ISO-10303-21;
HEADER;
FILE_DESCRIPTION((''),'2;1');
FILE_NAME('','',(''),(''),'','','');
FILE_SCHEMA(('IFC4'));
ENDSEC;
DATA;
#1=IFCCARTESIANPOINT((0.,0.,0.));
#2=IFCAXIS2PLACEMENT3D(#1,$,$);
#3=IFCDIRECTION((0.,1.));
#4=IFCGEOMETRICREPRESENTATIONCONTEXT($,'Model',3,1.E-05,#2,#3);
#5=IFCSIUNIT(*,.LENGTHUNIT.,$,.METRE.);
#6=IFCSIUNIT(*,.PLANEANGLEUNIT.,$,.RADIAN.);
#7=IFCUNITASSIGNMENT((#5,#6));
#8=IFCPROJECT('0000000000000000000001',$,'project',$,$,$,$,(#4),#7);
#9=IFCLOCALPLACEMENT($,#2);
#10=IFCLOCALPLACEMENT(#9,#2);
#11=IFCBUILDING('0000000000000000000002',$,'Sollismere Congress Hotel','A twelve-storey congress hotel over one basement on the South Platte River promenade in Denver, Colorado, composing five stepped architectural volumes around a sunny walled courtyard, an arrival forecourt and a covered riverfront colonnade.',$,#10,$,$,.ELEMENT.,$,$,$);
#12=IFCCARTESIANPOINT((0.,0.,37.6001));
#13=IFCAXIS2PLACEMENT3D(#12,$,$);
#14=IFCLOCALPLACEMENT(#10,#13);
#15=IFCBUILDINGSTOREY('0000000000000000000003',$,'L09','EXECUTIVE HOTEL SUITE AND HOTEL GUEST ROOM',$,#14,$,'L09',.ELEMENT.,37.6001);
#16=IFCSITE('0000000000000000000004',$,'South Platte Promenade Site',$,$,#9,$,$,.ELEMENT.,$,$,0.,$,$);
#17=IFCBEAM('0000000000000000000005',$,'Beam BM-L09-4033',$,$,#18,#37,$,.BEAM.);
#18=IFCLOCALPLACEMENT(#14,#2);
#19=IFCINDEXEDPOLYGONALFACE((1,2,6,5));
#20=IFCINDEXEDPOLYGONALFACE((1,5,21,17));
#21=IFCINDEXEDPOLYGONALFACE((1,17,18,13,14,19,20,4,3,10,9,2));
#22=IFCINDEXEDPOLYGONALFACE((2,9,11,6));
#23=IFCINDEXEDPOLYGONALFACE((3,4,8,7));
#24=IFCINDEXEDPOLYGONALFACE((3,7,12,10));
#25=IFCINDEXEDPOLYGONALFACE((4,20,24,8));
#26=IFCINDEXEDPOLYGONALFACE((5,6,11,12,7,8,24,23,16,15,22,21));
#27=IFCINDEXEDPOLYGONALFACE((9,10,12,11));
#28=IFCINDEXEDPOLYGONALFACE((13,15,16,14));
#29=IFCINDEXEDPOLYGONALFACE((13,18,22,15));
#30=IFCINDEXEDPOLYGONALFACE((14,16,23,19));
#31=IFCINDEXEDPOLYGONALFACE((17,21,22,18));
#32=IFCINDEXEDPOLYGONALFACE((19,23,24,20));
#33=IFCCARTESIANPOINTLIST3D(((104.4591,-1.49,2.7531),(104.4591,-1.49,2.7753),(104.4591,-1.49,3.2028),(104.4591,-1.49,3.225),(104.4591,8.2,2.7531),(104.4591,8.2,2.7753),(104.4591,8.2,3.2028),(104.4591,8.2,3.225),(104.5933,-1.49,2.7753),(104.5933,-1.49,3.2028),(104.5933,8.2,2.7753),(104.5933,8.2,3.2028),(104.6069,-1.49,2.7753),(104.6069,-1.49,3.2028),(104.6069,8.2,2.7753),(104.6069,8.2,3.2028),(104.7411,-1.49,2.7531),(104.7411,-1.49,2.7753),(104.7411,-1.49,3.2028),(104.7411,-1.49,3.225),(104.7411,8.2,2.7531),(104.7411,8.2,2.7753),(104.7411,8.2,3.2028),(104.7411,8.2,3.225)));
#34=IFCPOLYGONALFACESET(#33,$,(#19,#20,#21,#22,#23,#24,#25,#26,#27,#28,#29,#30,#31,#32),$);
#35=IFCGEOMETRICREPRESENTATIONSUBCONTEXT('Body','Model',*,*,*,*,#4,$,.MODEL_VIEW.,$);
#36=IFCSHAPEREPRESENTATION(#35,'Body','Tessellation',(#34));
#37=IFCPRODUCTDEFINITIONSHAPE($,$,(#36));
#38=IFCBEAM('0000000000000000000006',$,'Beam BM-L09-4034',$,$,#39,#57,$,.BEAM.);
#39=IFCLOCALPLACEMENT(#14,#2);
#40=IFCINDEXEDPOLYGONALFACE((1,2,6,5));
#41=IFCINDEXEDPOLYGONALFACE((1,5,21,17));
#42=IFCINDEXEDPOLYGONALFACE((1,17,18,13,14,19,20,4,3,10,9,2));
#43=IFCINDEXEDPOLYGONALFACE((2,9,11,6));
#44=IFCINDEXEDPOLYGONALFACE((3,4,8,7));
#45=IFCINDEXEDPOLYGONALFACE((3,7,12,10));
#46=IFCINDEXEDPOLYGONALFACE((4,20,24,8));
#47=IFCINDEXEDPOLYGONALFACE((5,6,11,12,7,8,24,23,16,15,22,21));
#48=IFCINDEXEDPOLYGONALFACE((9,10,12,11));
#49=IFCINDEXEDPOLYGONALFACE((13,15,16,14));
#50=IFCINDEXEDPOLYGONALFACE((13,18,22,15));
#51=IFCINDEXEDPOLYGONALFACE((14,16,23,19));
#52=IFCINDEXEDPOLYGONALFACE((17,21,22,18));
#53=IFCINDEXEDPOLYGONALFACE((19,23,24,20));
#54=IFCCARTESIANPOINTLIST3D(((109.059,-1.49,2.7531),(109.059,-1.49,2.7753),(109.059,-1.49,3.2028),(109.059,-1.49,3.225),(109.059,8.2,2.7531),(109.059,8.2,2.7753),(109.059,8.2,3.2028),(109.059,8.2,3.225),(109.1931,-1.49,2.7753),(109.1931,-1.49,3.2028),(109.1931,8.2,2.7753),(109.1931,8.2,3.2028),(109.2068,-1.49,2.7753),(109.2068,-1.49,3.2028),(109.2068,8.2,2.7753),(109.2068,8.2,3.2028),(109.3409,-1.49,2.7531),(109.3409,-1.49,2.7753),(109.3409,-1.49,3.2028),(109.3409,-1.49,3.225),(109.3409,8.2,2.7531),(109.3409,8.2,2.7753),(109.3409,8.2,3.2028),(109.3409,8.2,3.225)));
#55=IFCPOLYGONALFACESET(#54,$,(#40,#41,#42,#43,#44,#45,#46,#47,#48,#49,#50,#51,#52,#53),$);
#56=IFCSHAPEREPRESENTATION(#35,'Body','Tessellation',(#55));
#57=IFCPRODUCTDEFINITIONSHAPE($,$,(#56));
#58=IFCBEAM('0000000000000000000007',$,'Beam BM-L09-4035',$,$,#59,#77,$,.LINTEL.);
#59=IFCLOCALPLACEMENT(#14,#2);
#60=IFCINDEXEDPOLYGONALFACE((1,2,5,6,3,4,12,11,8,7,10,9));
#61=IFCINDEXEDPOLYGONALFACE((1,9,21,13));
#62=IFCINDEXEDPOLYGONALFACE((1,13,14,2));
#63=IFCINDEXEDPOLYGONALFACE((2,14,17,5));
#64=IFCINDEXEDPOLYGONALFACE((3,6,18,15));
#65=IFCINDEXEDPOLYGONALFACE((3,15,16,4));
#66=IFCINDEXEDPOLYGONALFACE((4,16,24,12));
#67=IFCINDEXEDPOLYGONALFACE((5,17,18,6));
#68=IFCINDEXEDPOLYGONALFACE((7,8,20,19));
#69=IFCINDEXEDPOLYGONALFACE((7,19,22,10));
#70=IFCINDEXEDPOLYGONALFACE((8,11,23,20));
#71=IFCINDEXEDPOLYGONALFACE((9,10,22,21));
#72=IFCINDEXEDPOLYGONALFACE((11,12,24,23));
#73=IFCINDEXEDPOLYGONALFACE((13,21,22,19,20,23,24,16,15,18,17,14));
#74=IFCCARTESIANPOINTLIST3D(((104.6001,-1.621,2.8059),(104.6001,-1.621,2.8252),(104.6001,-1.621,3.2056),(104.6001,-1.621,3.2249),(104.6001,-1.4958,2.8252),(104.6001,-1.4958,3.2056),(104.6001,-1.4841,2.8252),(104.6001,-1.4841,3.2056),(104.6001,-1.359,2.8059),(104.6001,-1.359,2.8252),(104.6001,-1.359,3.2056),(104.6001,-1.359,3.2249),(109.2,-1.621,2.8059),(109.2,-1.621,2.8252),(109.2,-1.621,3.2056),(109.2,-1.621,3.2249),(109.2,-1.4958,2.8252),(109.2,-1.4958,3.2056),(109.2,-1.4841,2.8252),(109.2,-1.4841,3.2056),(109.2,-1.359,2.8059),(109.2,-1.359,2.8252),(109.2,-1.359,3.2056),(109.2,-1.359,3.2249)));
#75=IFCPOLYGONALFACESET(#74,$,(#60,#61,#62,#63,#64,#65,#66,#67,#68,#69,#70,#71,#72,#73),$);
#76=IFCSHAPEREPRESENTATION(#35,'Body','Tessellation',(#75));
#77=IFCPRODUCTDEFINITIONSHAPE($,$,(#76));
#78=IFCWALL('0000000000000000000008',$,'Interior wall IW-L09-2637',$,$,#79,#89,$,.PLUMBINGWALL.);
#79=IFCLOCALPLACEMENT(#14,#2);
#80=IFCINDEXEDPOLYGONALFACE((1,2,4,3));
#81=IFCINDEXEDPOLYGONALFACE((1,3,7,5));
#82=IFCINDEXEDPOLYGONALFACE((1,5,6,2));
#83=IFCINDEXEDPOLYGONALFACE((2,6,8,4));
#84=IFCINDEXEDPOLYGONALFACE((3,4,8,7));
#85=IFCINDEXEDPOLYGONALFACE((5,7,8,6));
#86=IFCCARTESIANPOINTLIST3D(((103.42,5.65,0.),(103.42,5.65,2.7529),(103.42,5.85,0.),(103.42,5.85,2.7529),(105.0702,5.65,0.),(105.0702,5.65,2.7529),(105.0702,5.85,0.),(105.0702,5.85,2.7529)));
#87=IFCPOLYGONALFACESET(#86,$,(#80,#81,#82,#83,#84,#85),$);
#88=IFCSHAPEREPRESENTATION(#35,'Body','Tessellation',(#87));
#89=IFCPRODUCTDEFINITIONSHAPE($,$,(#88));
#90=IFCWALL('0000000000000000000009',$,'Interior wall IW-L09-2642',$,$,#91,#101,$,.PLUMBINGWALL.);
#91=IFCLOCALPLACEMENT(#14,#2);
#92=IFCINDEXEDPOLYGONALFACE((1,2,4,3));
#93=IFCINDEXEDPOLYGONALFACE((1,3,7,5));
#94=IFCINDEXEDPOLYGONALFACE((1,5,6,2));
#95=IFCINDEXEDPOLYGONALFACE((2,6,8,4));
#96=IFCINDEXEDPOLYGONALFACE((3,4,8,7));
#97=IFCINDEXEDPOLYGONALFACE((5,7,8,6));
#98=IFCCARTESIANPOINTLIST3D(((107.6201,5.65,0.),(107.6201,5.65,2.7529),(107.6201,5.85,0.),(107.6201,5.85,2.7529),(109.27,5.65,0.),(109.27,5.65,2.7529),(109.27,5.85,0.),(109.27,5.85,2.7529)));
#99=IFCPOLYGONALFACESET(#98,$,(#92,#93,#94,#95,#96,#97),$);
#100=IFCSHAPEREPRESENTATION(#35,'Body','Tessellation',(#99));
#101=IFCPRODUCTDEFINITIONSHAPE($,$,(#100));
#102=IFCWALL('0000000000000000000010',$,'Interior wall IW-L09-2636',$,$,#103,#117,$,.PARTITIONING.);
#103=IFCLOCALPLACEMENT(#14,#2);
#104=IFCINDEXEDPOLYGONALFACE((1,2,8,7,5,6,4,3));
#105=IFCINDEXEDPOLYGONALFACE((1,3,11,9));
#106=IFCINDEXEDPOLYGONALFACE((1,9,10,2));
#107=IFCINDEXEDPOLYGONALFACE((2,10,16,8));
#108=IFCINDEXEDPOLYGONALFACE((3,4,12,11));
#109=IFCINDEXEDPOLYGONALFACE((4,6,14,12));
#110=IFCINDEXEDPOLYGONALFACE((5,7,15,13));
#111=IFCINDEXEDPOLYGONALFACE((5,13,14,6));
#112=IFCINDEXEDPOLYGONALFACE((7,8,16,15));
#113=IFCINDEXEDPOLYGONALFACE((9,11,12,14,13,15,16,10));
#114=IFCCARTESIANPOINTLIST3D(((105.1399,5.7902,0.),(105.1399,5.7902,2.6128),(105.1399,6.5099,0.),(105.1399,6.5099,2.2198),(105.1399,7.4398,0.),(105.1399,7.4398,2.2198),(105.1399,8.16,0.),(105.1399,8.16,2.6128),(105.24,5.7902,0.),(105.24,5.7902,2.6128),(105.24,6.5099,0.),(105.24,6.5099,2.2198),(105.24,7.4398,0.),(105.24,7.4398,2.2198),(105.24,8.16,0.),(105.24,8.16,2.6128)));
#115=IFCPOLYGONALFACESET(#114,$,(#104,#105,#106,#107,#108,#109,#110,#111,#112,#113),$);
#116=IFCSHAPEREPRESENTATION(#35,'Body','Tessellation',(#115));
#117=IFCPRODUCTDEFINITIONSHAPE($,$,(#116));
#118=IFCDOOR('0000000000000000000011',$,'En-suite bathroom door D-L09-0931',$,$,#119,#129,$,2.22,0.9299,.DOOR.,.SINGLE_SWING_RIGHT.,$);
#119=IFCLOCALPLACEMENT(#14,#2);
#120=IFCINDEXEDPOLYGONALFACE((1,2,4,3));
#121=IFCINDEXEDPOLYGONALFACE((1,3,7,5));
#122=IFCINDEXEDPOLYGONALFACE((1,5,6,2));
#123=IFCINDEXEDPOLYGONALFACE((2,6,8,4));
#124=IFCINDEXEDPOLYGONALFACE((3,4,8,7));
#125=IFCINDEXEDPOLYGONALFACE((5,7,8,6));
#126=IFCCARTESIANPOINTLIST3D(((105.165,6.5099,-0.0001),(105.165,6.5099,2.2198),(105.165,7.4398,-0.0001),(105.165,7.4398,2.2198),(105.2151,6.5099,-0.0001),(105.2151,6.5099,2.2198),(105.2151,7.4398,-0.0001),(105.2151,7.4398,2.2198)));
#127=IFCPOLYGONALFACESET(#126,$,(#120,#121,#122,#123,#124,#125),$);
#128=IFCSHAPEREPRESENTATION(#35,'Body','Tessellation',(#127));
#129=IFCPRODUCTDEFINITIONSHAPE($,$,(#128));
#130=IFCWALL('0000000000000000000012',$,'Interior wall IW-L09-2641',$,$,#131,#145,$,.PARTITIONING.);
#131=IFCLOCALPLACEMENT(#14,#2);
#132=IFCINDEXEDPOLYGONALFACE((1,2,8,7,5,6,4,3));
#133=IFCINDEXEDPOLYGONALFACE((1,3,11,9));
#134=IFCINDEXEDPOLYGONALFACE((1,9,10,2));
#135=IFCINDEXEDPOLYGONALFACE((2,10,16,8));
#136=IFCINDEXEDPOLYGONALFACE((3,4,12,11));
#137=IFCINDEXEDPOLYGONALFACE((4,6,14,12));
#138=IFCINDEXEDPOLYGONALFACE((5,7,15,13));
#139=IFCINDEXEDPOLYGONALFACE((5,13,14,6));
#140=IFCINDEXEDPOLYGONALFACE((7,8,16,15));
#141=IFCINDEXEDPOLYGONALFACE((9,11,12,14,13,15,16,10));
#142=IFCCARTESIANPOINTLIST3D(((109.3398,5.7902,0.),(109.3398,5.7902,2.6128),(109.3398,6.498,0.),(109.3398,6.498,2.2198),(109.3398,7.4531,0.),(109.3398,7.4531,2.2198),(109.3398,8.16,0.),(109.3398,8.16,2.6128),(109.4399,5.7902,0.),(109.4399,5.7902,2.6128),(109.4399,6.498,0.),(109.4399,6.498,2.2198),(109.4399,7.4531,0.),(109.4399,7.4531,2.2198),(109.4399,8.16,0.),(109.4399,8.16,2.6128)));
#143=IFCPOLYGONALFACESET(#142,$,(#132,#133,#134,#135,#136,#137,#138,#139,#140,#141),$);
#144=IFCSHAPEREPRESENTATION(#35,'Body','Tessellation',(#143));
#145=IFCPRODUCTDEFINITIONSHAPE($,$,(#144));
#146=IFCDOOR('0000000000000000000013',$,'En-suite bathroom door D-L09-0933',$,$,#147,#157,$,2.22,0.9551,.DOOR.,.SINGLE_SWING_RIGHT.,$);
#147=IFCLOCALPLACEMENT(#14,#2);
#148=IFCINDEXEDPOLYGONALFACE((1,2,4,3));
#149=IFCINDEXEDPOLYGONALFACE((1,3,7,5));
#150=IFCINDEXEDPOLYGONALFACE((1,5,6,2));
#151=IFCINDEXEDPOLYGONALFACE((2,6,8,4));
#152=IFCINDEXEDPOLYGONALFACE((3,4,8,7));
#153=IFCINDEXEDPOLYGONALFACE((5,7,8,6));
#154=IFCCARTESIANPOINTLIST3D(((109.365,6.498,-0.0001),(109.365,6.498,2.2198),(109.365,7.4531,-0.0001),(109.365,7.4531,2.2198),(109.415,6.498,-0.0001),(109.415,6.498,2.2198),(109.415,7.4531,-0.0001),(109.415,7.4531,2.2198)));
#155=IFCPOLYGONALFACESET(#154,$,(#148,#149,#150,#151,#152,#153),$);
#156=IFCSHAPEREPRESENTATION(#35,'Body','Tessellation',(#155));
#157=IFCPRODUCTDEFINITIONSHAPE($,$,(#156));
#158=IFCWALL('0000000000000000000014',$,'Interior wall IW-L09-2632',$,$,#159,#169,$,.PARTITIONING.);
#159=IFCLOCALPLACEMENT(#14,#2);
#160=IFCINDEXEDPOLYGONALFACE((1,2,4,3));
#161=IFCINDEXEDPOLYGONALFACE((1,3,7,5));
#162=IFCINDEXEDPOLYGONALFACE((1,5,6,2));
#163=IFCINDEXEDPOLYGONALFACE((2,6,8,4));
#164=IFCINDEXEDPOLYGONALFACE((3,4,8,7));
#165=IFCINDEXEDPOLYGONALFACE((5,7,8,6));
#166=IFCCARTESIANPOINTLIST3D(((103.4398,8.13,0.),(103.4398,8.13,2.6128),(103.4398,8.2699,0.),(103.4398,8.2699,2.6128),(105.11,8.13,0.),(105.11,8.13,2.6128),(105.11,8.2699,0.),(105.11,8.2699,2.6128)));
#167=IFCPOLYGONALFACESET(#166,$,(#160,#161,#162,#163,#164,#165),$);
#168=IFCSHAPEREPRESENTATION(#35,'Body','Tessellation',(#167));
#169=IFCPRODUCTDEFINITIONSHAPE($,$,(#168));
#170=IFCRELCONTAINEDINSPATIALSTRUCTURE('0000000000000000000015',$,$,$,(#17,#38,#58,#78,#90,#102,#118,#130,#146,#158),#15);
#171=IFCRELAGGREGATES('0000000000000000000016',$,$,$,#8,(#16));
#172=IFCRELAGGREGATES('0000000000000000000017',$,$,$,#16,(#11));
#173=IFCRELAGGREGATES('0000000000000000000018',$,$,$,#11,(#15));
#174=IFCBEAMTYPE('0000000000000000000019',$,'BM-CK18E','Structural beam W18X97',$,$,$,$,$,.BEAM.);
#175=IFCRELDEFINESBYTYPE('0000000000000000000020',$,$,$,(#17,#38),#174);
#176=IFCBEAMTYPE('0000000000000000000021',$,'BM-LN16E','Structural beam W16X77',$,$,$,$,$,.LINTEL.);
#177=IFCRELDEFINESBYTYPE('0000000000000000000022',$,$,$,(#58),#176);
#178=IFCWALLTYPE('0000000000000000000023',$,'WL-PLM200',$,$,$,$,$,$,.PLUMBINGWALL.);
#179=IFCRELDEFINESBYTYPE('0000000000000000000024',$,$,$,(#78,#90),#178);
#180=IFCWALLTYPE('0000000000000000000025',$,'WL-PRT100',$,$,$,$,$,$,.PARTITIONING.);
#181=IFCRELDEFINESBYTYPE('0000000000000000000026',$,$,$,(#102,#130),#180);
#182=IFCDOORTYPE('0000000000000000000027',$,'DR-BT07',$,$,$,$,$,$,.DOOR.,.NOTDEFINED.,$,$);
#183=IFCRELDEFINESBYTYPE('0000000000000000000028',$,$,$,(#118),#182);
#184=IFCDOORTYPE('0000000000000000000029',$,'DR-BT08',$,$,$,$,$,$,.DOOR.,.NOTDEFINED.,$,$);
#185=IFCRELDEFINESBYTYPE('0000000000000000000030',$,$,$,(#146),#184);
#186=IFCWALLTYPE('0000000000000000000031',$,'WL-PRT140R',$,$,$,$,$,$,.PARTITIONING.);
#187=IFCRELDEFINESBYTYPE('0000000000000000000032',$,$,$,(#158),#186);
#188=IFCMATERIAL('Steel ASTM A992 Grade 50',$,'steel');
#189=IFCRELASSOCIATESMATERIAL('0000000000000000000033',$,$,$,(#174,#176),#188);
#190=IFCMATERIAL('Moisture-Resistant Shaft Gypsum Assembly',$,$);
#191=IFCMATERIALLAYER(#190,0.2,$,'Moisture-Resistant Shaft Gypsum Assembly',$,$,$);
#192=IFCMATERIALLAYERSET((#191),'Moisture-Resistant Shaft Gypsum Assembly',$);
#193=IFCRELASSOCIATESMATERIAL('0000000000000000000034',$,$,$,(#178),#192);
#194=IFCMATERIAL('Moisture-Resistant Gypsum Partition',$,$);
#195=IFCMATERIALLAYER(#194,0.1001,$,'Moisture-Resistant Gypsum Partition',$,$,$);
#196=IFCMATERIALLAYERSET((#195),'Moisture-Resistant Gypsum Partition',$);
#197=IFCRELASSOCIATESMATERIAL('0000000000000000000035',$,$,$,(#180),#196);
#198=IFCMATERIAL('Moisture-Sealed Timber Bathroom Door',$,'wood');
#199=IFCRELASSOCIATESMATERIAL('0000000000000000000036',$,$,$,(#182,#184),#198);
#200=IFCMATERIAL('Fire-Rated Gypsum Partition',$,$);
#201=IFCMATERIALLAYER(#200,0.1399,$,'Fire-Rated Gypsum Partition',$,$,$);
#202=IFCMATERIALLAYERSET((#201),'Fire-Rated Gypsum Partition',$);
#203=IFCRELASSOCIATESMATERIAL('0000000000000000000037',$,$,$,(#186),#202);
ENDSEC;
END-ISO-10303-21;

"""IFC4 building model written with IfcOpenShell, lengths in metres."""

from ifc_helpers import new_model, si_unit, direction, frame, frame_2d, origin, origin_2d, place, context, subcontext, project, spatial, rectangle, i_section, extrude, material, layer, layer_set, material_profile, profile_set, type_object, element, fill, save


model = new_model("IFC4")

# Units and contexts
model_context = context("Model", 3, precision=1e-05, world=origin(), true_north=direction((0.0, 1.0)))
body_context = subcontext(model_context, "Body", "Model", "MODEL_VIEW")
ifc_project = project(units=[si_unit("LENGTHUNIT", "METRE"), si_unit("PLANEANGLEUNIT", "RADIAN")], contexts=[model_context])

# Site, building, storey
site_placement = place(None, origin())
site = spatial("IfcSite", under=ifc_project, at=site_placement, Name="South Platte Promenade Site", CompositionType="ELEMENT", RefElevation=0.0)
building_placement = place(site_placement, origin())
building = spatial("IfcBuilding", under=site, at=building_placement, Name="Sollismere Congress Hotel", Description="A twelve-storey congress hotel over one basement on the South Platte River promenade in Denver, Colorado, composing five stepped architectural volumes around a sunny walled courtyard, an arrival forecourt and a covered riverfront colonnade.", CompositionType="ELEMENT")
storey_placement = place(building_placement, frame((0.0, 0.0, 37.6001)))
storey = spatial("IfcBuildingStorey", under=building, at=storey_placement, Name="L09", Description="EXECUTIVE HOTEL SUITE AND HOTEL GUEST ROOM", LongName="L09", CompositionType="ELEMENT", Elevation=37.6001)

# Beams
ifc_material_1 = material(Name="Steel ASTM A992 Grade 50", Category="steel")
ifc_material_profile_1 = material_profile(ifc_material_1, i_section(OverallWidth=0.282, OverallDepth=0.4719, WebThickness=0.0137, FlangeThickness=0.0222, at=origin_2d()), Name="W18X97")
ifc_profile_set_1 = profile_set([ifc_material_profile_1], Name="Steel ASTM A992 Grade 50")
beam_type_1 = type_object("IfcBeamType", Name="BM-CK18E", Description="Structural beam W18X97", PredefinedType="BEAM", material=ifc_profile_set_1)
for number, where, z_axis, x_axis, name in (
    (1, (104.6001, 8.2, 2.989), (0.0, -1.0, 0.0), (1.0, 0.0, 0.0), "Beam BM-L09-4033"),
    (2, (109.2, 8.2, 2.989), (0.0, -1.0, 0.0), (1.0, 0.0, 0.0), "Beam BM-L09-4034"),
):
    element("IfcBeam", number, at=place(storey_placement, frame(where, z_axis=z_axis, x_axis=x_axis)), inside=storey, type_object=beam_type_1, Name=name, PredefinedType="BEAM", context=body_context, shape_type="SweptSolid", body=[
        extrude(i_section(OverallWidth=0.282, OverallDepth=0.4719, WebThickness=0.0137, FlangeThickness=0.0222, at=origin_2d()), origin(), (0.0, 0.0, 1.0), 9.6899),
    ])
ifc_material_profile_2 = material_profile(ifc_material_1, i_section(OverallWidth=0.262, OverallDepth=0.4189, WebThickness=0.0117, FlangeThickness=0.0193, at=origin_2d()), Name="W16X77")
ifc_profile_set_2 = profile_set([ifc_material_profile_2], Name="Steel ASTM A992 Grade 50")
beam_type_2 = type_object("IfcBeamType", Name="BM-LN16E", Description="Structural beam W16X77", PredefinedType="LINTEL", material=ifc_profile_set_2)
beam_placement = place(storey_placement, frame((104.6001, -1.49, 3.0154), z_axis=(1.0, 0.0, 0.0), x_axis=(0.0, 1.0, 0.0)))
element("IfcBeam", 3, at=beam_placement, inside=storey, type_object=beam_type_2, Name="Beam BM-L09-4035", PredefinedType="LINTEL", context=body_context, shape_type="SweptSolid", body=[
    extrude(i_section(OverallWidth=0.262, OverallDepth=0.4189, WebThickness=0.0117, FlangeThickness=0.0193, at=origin_2d()), origin(), (0.0, 0.0, 1.0), 4.5999),
])

# Walls
ifc_material_2 = material(Name="Moisture-Resistant Shaft Gypsum Assembly")
ifc_layer_1 = layer(ifc_material_2, 0.2, Name="Moisture-Resistant Shaft Gypsum Assembly")
ifc_layer_set_1 = layer_set([ifc_layer_1], Name="Moisture-Resistant Shaft Gypsum Assembly")
wall_type_1 = type_object("IfcWallType", Name="WL-PLM200", PredefinedType="PLUMBINGWALL", material=ifc_layer_set_1)
wall_1_placement = place(storey_placement, frame((103.4199, 5.75, 0.0), z_axis=(0.0, 0.0, 1.0), x_axis=(1.0, 0.0, 0.0)))
element("IfcWall", 4, at=wall_1_placement, inside=storey, type_object=wall_type_1, Name="Interior wall IW-L09-2637", PredefinedType="PLUMBINGWALL", context=body_context, shape_type="SweptSolid", body=[
    extrude(rectangle(XDim=1.6501, YDim=0.2, at=frame_2d((0.8252, 0.0))), origin(), (0.0, 0.0, 1.0), 2.7529),
])
wall_2_placement = place(storey_placement, frame((107.6201, 5.75, 0.0), z_axis=(0.0, 0.0, 1.0), x_axis=(1.0, 0.0, 0.0)))
element("IfcWall", 5, at=wall_2_placement, inside=storey, type_object=wall_type_1, Name="Interior wall IW-L09-2642", PredefinedType="PLUMBINGWALL", context=body_context, shape_type="SweptSolid", body=[
    extrude(rectangle(XDim=1.6499, YDim=0.2, at=frame_2d((0.825, 0.0))), origin(), (0.0, 0.0, 1.0), 2.7529),
])

# Walls, openings, doors
ifc_material_3 = material(Name="Moisture-Resistant Gypsum Partition")
ifc_layer_2 = layer(ifc_material_3, 0.1001, Name="Moisture-Resistant Gypsum Partition")
ifc_layer_set_2 = layer_set([ifc_layer_2], Name="Moisture-Resistant Gypsum Partition")
wall_type_2 = type_object("IfcWallType", Name="WL-PRT100", PredefinedType="PARTITIONING", material=ifc_layer_set_2)
wall_3_placement = place(storey_placement, frame((105.1899, 5.79, 0.0), z_axis=(0.0, 0.0, 1.0), x_axis=(0.0, 1.0, 0.0)))
wall_3 = element("IfcWall", 6, at=wall_3_placement, inside=storey, type_object=wall_type_2, Name="Interior wall IW-L09-2636", PredefinedType="PARTITIONING", context=body_context, shape_type="SweptSolid", body=[
    extrude(rectangle(XDim=2.3699, YDim=0.1001, at=frame_2d((1.1851, 0.0))), origin(), (0.0, 0.0, 1.0), 2.6128),
])
opening_1_placement = place(wall_3_placement, frame((0.72, 0.0, 0.0)))
opening_1 = element("IfcOpeningElement", 7, at=opening_1_placement, cuts=wall_3, PredefinedType="OPENING", context=body_context, shape_type="SweptSolid", body=[
    extrude(rectangle(XDim=0.9299, YDim=2.22, at=frame_2d((0.4648, 1.1099))), frame((0.0, 0.0601, 0.0), z_axis=(0.0, -1.0, 0.0), x_axis=(1.0, 0.0, 0.0)), (0.0, 0.0, 1.0), 0.1201),
])
ifc_material_4 = material(Name="Moisture-Sealed Timber Bathroom Door", Category="wood")
door_type_1 = type_object("IfcDoorType", Name="DR-BT07", OperationType="NOTDEFINED", PredefinedType="DOOR", material=ifc_material_4)
door_1_placement = place(opening_1_placement, origin())
door_1 = element("IfcDoor", 8, at=door_1_placement, inside=storey, type_object=door_type_1, Name="En-suite bathroom door D-L09-0931", OperationType="SINGLE_SWING_RIGHT", OverallHeight=2.22, OverallWidth=0.9299, PredefinedType="DOOR", context=body_context, shape_type="SweptSolid", body=[
    extrude(rectangle(XDim=0.9299, YDim=2.22, at=frame_2d((0.4648, 1.1099))), frame((0.0, 0.0249, 0.0), z_axis=(0.0, -1.0, 0.0), x_axis=(1.0, 0.0, 0.0)), (0.0, 0.0, 1.0), 0.05),
])
fill(opening_1, door_1)
wall_4_placement = place(storey_placement, frame((109.3899, 5.79, 0.0), z_axis=(0.0, 0.0, 1.0), x_axis=(0.0, 1.0, 0.0)))
wall_4 = element("IfcWall", 9, at=wall_4_placement, inside=storey, type_object=wall_type_2, Name="Interior wall IW-L09-2641", PredefinedType="PARTITIONING", context=body_context, shape_type="SweptSolid", body=[
    extrude(rectangle(XDim=2.3699, YDim=0.1001, at=frame_2d((1.1851, 0.0))), origin(), (0.0, 0.0, 1.0), 2.6128),
])
opening_2_placement = place(wall_4_placement, frame((0.708, 0.0, 0.0)))
opening_2 = element("IfcOpeningElement", 10, at=opening_2_placement, cuts=wall_4, PredefinedType="OPENING", context=body_context, shape_type="SweptSolid", body=[
    extrude(rectangle(XDim=0.9551, YDim=2.22, at=frame_2d((0.4775, 1.1099))), frame((0.0, 0.0601, 0.0), z_axis=(0.0, -1.0, 0.0), x_axis=(1.0, 0.0, 0.0)), (0.0, 0.0, 1.0), 0.1201),
])
door_type_2 = type_object("IfcDoorType", Name="DR-BT08", OperationType="NOTDEFINED", PredefinedType="DOOR", material=ifc_material_4)
door_2_placement = place(opening_2_placement, origin())
door_2 = element("IfcDoor", 11, at=door_2_placement, inside=storey, type_object=door_type_2, Name="En-suite bathroom door D-L09-0933", OperationType="SINGLE_SWING_RIGHT", OverallHeight=2.22, OverallWidth=0.9551, PredefinedType="DOOR", context=body_context, shape_type="SweptSolid", body=[
    extrude(rectangle(XDim=0.9551, YDim=2.22, at=frame_2d((0.4775, 1.1099))), frame((0.0, 0.0249, 0.0), z_axis=(0.0, -1.0, 0.0), x_axis=(1.0, 0.0, 0.0)), (0.0, 0.0, 1.0), 0.05),
])
fill(opening_2, door_2)

# Wall
ifc_material_5 = material(Name="Fire-Rated Gypsum Partition")
ifc_layer_3 = layer(ifc_material_5, 0.1399, Name="Fire-Rated Gypsum Partition")
ifc_layer_set_3 = layer_set([ifc_layer_3], Name="Fire-Rated Gypsum Partition")
wall_type_3 = type_object("IfcWallType", Name="WL-PRT140R", PredefinedType="PARTITIONING", material=ifc_layer_set_3)
wall_5_placement = place(storey_placement, frame((103.4399, 8.2, 0.0), z_axis=(0.0, 0.0, 1.0), x_axis=(1.0, 0.0, 0.0)))
element("IfcWall", 12, at=wall_5_placement, inside=storey, type_object=wall_type_3, Name="Interior wall IW-L09-2632", PredefinedType="PARTITIONING", context=body_context, shape_type="SweptSolid", body=[
    extrude(rectangle(XDim=1.6702, YDim=0.1399, at=frame_2d((0.835, 0.0))), origin(), (0.0, 0.0, 1.0), 2.6128),
])

save(model, "model.ifc")
